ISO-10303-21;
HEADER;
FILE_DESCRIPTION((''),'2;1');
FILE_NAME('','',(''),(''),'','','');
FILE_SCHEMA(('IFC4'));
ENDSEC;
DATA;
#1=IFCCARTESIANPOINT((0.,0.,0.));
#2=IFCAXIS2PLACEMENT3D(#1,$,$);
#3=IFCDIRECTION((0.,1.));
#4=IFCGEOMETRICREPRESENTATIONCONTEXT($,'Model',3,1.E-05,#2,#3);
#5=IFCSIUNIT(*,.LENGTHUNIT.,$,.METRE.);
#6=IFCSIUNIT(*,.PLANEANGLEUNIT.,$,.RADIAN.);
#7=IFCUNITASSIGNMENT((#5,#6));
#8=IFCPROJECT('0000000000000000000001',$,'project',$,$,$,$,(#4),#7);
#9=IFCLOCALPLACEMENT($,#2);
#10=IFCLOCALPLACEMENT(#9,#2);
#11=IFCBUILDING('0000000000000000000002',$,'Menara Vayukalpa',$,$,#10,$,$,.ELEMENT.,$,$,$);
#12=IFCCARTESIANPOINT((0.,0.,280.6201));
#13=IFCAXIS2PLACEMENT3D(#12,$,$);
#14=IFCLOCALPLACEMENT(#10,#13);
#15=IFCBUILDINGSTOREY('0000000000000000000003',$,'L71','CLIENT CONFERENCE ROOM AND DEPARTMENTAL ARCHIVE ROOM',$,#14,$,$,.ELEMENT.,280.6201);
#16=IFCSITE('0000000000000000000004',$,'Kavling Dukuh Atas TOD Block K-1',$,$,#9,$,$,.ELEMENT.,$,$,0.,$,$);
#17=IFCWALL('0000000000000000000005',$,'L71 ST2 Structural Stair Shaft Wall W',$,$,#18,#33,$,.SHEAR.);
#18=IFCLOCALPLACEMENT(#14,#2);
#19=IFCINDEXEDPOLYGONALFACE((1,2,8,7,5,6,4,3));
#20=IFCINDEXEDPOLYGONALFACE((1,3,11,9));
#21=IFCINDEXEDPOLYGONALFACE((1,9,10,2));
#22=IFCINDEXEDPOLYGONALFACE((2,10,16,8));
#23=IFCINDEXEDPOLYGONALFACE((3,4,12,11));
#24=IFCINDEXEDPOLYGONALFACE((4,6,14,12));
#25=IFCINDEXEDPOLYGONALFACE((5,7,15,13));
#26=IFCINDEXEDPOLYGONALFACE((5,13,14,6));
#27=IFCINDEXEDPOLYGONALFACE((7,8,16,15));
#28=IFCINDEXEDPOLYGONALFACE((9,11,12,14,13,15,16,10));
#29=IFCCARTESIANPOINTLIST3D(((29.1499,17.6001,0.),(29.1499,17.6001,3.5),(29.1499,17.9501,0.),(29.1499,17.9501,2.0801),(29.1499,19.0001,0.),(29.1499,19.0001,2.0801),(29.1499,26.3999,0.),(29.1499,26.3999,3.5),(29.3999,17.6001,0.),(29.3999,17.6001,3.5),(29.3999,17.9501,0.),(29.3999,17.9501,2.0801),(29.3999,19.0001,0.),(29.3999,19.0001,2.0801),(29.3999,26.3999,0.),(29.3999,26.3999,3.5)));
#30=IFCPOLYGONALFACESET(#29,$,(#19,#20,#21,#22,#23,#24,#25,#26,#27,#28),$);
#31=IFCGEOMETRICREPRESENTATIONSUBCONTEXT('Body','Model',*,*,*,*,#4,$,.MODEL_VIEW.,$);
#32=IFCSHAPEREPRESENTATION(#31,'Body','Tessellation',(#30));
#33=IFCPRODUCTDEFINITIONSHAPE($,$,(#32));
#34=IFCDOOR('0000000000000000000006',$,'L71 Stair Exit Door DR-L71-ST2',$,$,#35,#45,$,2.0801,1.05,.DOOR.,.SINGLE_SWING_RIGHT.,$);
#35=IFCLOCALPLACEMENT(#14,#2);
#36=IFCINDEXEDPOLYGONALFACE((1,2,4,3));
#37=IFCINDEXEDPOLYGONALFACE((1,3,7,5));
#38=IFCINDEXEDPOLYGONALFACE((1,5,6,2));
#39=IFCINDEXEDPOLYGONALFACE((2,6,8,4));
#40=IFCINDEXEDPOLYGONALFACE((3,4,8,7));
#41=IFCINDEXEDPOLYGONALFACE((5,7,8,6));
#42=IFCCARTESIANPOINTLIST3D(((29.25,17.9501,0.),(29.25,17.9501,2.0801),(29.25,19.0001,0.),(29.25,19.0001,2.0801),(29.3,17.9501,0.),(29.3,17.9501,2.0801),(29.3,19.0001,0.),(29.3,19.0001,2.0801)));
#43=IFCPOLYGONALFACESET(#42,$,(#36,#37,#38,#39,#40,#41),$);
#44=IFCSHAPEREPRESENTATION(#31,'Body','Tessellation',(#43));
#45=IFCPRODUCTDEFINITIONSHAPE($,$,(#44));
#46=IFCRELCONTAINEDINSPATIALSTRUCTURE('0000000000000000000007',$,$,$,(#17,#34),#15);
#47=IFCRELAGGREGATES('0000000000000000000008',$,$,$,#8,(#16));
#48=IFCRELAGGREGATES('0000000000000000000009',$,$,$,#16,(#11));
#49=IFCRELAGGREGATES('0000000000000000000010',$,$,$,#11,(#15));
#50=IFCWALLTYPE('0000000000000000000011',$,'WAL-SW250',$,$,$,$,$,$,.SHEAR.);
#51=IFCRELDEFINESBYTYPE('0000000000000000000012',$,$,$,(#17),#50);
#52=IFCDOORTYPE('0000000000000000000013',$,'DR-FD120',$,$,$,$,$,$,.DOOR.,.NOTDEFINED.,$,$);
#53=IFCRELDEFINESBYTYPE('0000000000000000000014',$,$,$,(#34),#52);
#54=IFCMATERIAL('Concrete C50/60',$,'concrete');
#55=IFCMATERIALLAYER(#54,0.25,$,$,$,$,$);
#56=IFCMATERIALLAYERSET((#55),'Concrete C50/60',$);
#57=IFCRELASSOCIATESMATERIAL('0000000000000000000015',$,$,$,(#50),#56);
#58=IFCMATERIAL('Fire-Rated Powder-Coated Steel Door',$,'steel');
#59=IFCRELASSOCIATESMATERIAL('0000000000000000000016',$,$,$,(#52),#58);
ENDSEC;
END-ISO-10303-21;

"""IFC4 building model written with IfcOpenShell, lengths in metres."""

from ifc_helpers import new_model, si_unit, direction, frame, frame_2d, origin, place, context, subcontext, project, spatial, rectangle, extrude, material, layer, layer_set, type_object, element, fill, save


model = new_model("IFC4")

# Units and contexts
model_context = context("Model", 3, precision=1e-05, world=origin(), true_north=direction((0.0, 1.0)))
body_context = subcontext(model_context, "Body", "Model", "MODEL_VIEW")
ifc_project = project(units=[si_unit("LENGTHUNIT", "METRE"), si_unit("PLANEANGLEUNIT", "RADIAN")], contexts=[model_context])

# Site, building, storey
site_placement = place(None, origin())
site = spatial("IfcSite", under=ifc_project, at=site_placement, Name="Kavling Dukuh Atas TOD Block K-1", CompositionType="ELEMENT", RefElevation=0.0)
building_placement = place(site_placement, origin())
building = spatial("IfcBuilding", under=site, at=building_placement, Name="Menara Vayukalpa", CompositionType="ELEMENT")
storey_placement = place(building_placement, frame((0.0, 0.0, 280.6201)))
storey = spatial("IfcBuildingStorey", under=building, at=storey_placement, Name="L71", Description="CLIENT CONFERENCE ROOM AND DEPARTMENTAL ARCHIVE ROOM", CompositionType="ELEMENT", Elevation=280.6201)

# Wall, opening, door
ifc_material_1 = material(Name="Concrete C50/60", Category="concrete")
ifc_layer_1 = layer(ifc_material_1, 0.25)
ifc_layer_set_1 = layer_set([ifc_layer_1], Name="Concrete C50/60")
wall_type_1 = type_object("IfcWallType", Name="WAL-SW250", PredefinedType="SHEAR", material=ifc_layer_set_1)
wall_1_placement = place(storey_placement, frame((29.2749, 17.6001, 0.0), z_axis=(0.0, 0.0, 1.0), x_axis=(0.0, 1.0, 0.0)))
wall_1 = element("IfcWall", 1, at=wall_1_placement, inside=storey, type_object=wall_type_1, Name="L71 ST2 Structural Stair Shaft Wall W", PredefinedType="SHEAR", context=body_context, shape_type="SweptSolid", body=[
    extrude(rectangle(XDim=8.7998, YDim=0.25, at=frame_2d((4.3999, 0.0))), origin(), (0.0, 0.0, 1.0), 3.5),
])
opening_1_placement = place(wall_1_placement, frame((0.3501, 0.0, 0.0)))
opening_1 = element("IfcOpeningElement", 2, at=opening_1_placement, cuts=wall_1, PredefinedType="OPENING", context=body_context, shape_type="SweptSolid", body=[
    extrude(rectangle(XDim=1.05, YDim=2.0801, at=frame_2d((0.5249, 1.04))), frame((0.0, 0.135, 0.0), z_axis=(0.0, -1.0, 0.0), x_axis=(1.0, 0.0, 0.0)), (0.0, 0.0, 1.0), 0.27),
])
ifc_material_2 = material(Name="Fire-Rated Powder-Coated Steel Door", Category="steel")
door_type_1 = type_object("IfcDoorType", Name="DR-FD120", OperationType="NOTDEFINED", PredefinedType="DOOR", material=ifc_material_2)
door_1_placement = place(opening_1_placement, origin())
door_1 = element("IfcDoor", 3, at=door_1_placement, inside=storey, type_object=door_type_1, Name="L71 Stair Exit Door DR-L71-ST2", OperationType="SINGLE_SWING_RIGHT", OverallHeight=2.0801, OverallWidth=1.05, PredefinedType="DOOR", context=body_context, shape_type="SweptSolid", body=[
    extrude(rectangle(XDim=1.05, YDim=2.0801, at=frame_2d((0.5249, 1.04))), frame((0.0, 0.0249, 0.0), z_axis=(0.0, -1.0, 0.0), x_axis=(1.0, 0.0, 0.0)), (0.0, 0.0, 1.0), 0.05),
])
fill(opening_1, door_1)

save(model, "model.ifc")
